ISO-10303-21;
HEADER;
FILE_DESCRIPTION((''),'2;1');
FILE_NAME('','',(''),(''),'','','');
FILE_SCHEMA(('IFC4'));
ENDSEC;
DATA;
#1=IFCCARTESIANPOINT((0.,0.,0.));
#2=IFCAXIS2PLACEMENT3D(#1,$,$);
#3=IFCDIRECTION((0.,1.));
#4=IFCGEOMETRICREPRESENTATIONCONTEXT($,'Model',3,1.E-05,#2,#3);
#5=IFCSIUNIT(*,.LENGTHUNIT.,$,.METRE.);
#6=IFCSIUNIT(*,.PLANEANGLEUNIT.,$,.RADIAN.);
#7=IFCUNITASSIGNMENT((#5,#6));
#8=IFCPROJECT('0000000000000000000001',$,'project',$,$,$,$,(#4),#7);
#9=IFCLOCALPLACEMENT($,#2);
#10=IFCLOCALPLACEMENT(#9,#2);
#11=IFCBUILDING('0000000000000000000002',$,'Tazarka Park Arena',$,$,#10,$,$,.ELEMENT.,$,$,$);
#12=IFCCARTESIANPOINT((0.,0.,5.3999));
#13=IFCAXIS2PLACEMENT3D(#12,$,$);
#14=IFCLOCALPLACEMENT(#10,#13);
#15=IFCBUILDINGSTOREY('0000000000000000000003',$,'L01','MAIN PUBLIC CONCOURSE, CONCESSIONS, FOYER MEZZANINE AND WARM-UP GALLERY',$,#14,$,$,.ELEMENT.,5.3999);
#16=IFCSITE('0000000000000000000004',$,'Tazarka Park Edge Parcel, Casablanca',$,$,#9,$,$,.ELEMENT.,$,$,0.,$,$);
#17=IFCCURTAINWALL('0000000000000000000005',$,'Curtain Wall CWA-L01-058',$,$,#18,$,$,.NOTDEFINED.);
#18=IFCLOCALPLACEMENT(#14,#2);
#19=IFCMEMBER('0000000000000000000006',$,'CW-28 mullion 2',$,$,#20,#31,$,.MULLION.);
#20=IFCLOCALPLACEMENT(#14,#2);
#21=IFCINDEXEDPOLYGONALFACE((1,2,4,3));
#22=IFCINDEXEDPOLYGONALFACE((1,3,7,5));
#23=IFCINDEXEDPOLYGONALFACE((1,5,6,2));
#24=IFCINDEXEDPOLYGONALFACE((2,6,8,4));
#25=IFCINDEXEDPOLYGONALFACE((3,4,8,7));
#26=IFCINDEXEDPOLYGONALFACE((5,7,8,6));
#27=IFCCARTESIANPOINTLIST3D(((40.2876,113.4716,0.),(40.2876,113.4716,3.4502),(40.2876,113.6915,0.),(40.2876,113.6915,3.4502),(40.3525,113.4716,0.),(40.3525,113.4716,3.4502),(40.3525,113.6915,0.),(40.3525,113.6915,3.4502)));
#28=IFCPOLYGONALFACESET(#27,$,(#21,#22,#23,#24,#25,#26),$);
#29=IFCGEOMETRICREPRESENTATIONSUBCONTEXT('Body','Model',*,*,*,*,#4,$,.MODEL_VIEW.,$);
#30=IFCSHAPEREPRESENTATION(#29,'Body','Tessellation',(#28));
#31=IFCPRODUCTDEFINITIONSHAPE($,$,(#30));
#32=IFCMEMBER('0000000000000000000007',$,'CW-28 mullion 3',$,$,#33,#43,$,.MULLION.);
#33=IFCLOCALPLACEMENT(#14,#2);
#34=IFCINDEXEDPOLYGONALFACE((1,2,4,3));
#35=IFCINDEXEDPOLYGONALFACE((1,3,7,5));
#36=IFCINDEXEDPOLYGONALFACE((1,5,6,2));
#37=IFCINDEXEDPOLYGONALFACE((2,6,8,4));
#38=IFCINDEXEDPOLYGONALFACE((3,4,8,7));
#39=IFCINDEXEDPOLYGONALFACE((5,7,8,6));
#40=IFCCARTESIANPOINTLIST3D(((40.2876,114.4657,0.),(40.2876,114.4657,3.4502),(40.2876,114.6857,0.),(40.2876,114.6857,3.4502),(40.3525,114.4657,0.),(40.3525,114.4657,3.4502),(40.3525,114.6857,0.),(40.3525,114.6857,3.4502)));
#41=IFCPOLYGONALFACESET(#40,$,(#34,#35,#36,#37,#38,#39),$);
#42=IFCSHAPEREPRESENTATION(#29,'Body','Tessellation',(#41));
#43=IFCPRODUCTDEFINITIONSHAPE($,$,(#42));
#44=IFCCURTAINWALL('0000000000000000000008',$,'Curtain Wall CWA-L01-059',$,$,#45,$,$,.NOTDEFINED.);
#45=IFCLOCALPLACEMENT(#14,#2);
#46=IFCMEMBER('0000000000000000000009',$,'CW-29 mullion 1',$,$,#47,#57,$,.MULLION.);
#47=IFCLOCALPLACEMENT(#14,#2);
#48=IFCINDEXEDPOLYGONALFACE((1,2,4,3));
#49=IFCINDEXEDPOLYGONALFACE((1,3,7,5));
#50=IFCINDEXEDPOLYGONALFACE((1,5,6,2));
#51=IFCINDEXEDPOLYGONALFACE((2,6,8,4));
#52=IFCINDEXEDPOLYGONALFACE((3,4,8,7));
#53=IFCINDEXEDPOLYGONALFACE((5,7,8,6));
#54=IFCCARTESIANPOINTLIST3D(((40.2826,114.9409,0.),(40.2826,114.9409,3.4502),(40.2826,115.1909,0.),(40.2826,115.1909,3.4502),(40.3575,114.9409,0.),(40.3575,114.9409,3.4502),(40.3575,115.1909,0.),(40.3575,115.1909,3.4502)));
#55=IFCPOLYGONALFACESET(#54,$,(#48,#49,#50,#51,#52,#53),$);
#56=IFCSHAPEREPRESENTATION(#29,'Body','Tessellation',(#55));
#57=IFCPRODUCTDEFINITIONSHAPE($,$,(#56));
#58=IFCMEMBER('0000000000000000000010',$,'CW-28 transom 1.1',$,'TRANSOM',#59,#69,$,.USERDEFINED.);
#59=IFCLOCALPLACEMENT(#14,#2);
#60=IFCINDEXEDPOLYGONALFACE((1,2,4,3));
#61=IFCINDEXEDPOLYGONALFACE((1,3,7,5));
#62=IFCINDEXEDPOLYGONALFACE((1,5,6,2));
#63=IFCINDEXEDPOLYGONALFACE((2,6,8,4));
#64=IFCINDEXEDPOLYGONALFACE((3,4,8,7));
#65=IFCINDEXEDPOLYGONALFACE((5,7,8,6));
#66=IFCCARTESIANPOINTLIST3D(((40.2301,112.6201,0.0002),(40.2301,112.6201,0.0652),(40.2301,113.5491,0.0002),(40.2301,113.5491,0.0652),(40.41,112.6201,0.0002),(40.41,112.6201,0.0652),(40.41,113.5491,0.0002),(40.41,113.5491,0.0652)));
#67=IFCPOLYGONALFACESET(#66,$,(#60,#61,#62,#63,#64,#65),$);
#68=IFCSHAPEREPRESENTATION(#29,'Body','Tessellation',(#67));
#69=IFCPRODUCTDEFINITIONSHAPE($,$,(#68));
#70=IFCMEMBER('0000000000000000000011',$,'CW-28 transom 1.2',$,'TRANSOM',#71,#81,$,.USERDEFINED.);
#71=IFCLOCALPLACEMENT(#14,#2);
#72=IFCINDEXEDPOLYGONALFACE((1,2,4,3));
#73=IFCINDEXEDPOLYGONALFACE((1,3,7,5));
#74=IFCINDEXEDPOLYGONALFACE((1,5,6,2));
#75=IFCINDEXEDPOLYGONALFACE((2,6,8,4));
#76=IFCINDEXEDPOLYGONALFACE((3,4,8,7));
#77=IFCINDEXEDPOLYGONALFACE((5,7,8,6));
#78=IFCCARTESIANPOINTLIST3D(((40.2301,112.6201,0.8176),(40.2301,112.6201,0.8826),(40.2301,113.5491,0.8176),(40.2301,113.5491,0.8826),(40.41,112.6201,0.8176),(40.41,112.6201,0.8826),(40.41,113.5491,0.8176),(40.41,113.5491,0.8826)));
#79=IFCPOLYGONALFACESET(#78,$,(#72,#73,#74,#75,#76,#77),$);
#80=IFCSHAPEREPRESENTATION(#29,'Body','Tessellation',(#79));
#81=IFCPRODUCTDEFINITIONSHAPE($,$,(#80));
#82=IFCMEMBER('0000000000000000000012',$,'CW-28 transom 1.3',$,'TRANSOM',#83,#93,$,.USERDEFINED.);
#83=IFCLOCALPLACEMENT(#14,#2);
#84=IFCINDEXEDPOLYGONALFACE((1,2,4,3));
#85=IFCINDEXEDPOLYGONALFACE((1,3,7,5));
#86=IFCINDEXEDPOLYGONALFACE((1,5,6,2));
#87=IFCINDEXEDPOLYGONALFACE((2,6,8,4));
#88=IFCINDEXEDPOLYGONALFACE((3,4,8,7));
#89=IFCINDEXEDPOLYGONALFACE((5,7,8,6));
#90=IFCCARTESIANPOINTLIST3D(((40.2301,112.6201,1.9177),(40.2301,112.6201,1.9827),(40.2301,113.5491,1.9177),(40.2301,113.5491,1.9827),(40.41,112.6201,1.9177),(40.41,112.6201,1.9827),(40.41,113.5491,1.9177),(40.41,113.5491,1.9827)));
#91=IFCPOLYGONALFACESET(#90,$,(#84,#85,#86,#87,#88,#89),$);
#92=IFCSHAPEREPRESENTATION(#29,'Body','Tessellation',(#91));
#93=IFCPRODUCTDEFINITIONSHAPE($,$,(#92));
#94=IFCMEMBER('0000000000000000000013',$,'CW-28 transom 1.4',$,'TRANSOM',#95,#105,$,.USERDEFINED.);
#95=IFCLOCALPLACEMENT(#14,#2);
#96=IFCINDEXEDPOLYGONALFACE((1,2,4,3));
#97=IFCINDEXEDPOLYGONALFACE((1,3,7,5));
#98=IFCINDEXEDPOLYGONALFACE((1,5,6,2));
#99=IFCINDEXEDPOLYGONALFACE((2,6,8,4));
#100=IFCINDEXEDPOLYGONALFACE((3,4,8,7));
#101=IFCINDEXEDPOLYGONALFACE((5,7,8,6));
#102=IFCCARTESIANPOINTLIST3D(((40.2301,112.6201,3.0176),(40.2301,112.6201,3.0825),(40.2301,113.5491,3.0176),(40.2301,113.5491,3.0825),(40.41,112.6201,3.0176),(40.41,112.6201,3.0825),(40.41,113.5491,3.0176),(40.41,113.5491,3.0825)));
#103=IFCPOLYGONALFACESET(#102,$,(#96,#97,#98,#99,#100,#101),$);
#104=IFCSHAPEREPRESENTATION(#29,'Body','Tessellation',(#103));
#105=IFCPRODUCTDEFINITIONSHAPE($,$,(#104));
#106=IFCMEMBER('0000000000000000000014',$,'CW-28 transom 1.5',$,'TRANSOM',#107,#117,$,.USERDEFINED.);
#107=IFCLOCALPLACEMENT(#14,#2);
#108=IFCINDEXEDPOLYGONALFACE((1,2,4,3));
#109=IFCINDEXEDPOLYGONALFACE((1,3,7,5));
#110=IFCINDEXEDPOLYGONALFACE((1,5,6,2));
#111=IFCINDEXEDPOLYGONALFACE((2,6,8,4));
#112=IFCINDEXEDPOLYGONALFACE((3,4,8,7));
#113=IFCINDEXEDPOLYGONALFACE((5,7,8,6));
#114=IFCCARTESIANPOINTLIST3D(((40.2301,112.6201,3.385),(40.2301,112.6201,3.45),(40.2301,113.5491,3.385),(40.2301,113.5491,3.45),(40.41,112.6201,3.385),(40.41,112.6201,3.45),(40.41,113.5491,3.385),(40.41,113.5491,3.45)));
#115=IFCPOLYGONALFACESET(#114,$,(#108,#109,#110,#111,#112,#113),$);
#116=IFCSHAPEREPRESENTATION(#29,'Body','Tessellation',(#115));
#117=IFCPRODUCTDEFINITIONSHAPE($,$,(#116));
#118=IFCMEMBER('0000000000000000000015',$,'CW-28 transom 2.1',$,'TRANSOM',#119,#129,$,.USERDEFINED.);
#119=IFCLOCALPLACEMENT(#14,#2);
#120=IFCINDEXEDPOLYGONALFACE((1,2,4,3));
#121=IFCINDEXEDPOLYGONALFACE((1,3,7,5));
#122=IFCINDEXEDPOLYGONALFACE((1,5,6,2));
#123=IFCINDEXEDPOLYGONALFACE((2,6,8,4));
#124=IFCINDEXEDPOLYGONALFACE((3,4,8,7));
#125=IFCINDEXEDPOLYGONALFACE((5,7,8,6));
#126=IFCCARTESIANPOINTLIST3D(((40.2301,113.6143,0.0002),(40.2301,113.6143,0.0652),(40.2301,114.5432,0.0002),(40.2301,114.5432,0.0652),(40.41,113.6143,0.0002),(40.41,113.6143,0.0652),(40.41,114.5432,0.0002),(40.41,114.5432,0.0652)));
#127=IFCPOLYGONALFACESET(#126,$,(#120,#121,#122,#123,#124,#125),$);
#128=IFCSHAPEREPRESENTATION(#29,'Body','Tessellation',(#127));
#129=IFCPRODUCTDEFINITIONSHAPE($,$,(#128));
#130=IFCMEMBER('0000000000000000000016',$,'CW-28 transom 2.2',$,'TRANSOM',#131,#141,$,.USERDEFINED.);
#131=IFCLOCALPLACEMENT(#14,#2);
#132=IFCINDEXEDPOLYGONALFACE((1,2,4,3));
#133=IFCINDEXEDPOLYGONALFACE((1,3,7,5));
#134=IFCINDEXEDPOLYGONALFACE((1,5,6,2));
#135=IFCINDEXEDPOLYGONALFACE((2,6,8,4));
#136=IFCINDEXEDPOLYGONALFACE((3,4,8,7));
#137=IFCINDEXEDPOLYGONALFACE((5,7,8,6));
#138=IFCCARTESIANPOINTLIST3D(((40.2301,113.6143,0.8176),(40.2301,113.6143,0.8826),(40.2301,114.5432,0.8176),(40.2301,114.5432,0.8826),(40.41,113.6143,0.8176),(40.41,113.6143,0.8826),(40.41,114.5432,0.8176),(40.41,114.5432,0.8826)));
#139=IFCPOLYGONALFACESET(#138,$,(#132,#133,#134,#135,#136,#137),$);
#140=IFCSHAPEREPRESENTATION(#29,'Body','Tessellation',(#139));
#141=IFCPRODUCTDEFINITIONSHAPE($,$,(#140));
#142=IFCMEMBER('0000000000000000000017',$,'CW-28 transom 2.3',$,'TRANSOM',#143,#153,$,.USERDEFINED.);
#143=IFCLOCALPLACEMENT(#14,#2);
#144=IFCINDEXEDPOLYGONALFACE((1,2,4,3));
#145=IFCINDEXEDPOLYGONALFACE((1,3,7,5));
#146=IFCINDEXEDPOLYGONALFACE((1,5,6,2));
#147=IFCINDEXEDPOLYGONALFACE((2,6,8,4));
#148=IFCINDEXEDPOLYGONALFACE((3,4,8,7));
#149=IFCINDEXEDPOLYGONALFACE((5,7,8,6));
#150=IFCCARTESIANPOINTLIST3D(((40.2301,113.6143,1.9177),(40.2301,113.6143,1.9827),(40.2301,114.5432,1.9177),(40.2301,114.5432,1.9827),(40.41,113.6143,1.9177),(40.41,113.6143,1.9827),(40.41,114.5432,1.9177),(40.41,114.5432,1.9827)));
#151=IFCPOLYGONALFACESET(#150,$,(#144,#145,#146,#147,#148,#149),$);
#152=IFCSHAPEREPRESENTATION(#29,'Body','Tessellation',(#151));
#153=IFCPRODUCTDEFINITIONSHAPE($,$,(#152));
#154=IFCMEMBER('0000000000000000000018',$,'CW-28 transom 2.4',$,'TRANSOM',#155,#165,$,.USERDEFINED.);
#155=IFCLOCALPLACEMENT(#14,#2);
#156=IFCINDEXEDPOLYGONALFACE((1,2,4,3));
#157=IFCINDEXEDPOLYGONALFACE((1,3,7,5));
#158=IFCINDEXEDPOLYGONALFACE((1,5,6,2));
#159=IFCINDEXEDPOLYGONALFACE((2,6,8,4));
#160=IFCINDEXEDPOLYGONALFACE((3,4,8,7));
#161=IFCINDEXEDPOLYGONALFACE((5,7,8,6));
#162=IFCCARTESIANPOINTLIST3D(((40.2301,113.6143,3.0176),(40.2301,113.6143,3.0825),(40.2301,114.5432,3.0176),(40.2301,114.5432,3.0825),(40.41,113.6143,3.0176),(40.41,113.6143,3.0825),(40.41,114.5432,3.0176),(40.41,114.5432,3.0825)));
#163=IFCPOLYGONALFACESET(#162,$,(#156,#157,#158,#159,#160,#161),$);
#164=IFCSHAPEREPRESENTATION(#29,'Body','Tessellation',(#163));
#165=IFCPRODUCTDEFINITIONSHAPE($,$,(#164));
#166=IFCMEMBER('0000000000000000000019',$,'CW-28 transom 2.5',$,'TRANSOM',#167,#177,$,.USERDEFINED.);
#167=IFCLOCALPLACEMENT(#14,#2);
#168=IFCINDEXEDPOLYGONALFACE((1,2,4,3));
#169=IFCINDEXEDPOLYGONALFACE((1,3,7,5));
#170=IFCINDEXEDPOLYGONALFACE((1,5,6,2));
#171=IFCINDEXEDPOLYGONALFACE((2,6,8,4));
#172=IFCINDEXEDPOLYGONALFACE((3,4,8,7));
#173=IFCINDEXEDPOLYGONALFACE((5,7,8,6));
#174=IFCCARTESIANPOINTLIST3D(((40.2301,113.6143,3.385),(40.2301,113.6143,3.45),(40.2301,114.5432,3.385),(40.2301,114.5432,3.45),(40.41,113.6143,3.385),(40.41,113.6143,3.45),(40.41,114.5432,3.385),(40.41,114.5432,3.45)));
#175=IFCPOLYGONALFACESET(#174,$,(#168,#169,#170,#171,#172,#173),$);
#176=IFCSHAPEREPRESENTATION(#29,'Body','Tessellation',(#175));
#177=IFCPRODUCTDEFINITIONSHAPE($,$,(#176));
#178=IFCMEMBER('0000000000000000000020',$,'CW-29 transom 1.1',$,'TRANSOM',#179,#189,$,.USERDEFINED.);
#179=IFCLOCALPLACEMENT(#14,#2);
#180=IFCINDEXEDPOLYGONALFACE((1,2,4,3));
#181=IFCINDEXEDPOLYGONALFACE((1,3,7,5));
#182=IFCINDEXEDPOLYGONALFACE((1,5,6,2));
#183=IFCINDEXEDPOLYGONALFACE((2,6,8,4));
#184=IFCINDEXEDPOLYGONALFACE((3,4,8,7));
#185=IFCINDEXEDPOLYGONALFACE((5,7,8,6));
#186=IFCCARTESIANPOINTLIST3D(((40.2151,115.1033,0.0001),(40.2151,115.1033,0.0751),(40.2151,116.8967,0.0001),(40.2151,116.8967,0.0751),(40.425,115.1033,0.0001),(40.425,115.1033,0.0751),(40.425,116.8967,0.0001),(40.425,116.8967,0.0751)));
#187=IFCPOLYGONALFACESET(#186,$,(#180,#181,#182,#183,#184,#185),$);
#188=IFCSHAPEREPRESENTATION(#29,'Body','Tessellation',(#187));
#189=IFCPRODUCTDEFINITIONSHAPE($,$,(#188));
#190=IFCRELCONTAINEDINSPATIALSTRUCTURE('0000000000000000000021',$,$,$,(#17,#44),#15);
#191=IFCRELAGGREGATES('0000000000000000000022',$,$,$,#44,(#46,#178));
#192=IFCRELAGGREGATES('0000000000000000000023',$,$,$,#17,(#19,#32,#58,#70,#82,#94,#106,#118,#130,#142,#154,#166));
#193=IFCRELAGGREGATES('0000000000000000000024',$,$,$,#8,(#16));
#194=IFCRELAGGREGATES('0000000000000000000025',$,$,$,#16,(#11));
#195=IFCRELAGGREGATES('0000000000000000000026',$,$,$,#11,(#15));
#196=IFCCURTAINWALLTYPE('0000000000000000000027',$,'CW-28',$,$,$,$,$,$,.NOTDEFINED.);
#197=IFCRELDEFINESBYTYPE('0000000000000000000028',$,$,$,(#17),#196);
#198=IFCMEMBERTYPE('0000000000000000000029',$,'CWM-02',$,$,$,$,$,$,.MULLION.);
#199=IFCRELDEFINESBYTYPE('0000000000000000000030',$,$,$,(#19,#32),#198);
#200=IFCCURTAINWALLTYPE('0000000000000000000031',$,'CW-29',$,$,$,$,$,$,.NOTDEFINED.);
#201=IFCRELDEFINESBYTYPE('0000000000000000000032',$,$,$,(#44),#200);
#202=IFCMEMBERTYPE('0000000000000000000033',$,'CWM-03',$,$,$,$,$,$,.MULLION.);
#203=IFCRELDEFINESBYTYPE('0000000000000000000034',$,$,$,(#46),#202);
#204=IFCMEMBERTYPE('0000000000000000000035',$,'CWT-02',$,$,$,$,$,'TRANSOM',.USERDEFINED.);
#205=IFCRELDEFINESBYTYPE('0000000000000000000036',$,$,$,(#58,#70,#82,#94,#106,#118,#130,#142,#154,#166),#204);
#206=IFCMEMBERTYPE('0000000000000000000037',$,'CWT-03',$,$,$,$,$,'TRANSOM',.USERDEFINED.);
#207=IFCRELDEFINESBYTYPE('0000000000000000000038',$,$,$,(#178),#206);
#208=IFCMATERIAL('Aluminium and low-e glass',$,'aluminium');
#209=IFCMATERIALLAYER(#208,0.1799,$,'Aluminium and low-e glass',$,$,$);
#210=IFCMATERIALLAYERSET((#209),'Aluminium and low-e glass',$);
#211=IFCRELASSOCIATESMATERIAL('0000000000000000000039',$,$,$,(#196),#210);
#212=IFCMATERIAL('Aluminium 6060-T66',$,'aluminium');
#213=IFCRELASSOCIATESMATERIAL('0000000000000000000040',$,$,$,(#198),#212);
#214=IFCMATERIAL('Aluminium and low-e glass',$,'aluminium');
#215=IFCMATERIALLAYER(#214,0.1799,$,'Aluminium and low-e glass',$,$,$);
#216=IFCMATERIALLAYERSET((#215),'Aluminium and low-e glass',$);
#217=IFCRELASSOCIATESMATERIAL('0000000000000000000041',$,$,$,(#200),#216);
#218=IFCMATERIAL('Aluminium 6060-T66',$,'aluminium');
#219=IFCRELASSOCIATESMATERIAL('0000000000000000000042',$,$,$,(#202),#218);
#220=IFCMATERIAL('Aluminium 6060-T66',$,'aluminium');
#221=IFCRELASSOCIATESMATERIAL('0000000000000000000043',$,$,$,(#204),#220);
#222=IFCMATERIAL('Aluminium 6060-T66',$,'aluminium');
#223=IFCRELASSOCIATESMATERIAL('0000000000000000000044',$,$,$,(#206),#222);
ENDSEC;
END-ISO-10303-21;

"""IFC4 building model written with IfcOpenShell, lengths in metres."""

from ifc_helpers import new_model, si_unit, direction, frame, origin, origin_2d, place, context, subcontext, project, spatial, rectangle, extrude, material, layer, layer_set, material_profile, profile_set, type_object, element, aggregate, save


model = new_model("IFC4")

# Units and contexts
model_context = context("Model", 3, precision=1e-05, world=origin(), true_north=direction((0.0, 1.0)))
body_context = subcontext(model_context, "Body", "Model", "MODEL_VIEW")
ifc_project = project(units=[si_unit("LENGTHUNIT", "METRE"), si_unit("PLANEANGLEUNIT", "RADIAN")], contexts=[model_context])

# Site, building, storey
site_placement = place(None, origin())
site = spatial("IfcSite", under=ifc_project, at=site_placement, Name="Tazarka Park Edge Parcel, Casablanca", CompositionType="ELEMENT", RefElevation=0.0)
building_placement = place(site_placement, origin())
building = spatial("IfcBuilding", under=site, at=building_placement, Name="Tazarka Park Arena", CompositionType="ELEMENT")
storey_placement = place(building_placement, frame((0.0, 0.0, 5.3999)))
storey = spatial("IfcBuildingStorey", under=building, at=storey_placement, Name="L01", Description="MAIN PUBLIC CONCOURSE, CONCESSIONS, FOYER MEZZANINE AND WARM-UP GALLERY", CompositionType="ELEMENT", Elevation=5.3999)

# Curtain wall, members
ifc_material_1 = material(Name="Aluminium and low-e glass", Category="aluminium")
ifc_layer_1 = layer(ifc_material_1, 0.1799, Name="Aluminium and low-e glass")
ifc_layer_set_1 = layer_set([ifc_layer_1], Name="Aluminium and low-e glass")
curtain_wall_type_1 = type_object("IfcCurtainWallType", Name="CW-28", PredefinedType="NOTDEFINED", material=ifc_layer_set_1)
curtain_wall_1_placement = place(storey_placement, origin())
curtain_wall_1 = element("IfcCurtainWall", 1, at=curtain_wall_1_placement, inside=storey, type_object=curtain_wall_type_1, Name="Curtain Wall CWA-L01-058", PredefinedType="NOTDEFINED")
ifc_material_2 = material(Name="Aluminium 6060-T66", Category="aluminium")
ifc_material_profile_1 = material_profile(ifc_material_2, rectangle(XDim=0.0649, YDim=0.22, at=origin_2d()), Name="Aluminium 6060-T66")
ifc_profile_set_1 = profile_set([ifc_material_profile_1], Name="Aluminium 6060-T66")
member_type_1 = type_object("IfcMemberType", Name="CWM-02", PredefinedType="MULLION", material=ifc_profile_set_1)
member_1_placement = place(storey_placement, frame((40.3201, 113.5815, 0.0), z_axis=(0.0, 0.0, 1.0), x_axis=(-1.0, 0.0, 0.0)))
member_1 = element("IfcMember", 2, at=member_1_placement, type_object=member_type_1, Name="CW-28 mullion 2", PredefinedType="MULLION", context=body_context, shape_type="SweptSolid", body=[
    extrude(rectangle(XDim=0.0649, YDim=0.22, at=origin_2d()), origin(), (0.0, 0.0, 1.0), 3.4502),
])
member_2_placement = place(storey_placement, frame((40.3201, 114.5757, 0.0), z_axis=(0.0, 0.0, 1.0), x_axis=(-1.0, 0.0, 0.0)))
member_2 = element("IfcMember", 3, at=member_2_placement, type_object=member_type_1, Name="CW-28 mullion 3", PredefinedType="MULLION", context=body_context, shape_type="SweptSolid", body=[
    extrude(rectangle(XDim=0.0649, YDim=0.22, at=origin_2d()), origin(), (0.0, 0.0, 1.0), 3.4502),
])

# Curtain wall, member
ifc_material_3 = material(Name="Aluminium and low-e glass", Category="aluminium")
ifc_layer_2 = layer(ifc_material_3, 0.1799, Name="Aluminium and low-e glass")
ifc_layer_set_2 = layer_set([ifc_layer_2], Name="Aluminium and low-e glass")
curtain_wall_type_2 = type_object("IfcCurtainWallType", Name="CW-29", PredefinedType="NOTDEFINED", material=ifc_layer_set_2)
curtain_wall_2_placement = place(storey_placement, origin())
curtain_wall_2 = element("IfcCurtainWall", 4, at=curtain_wall_2_placement, inside=storey, type_object=curtain_wall_type_2, Name="Curtain Wall CWA-L01-059", PredefinedType="NOTDEFINED")
ifc_material_4 = material(Name="Aluminium 6060-T66", Category="aluminium")
ifc_material_profile_2 = material_profile(ifc_material_4, rectangle(XDim=0.075, YDim=0.25, at=origin_2d()), Name="Aluminium 6060-T66")
ifc_profile_set_2 = profile_set([ifc_material_profile_2], Name="Aluminium 6060-T66")
member_type_2 = type_object("IfcMemberType", Name="CWM-03", PredefinedType="MULLION", material=ifc_profile_set_2)
member_3_placement = place(storey_placement, frame((40.3201, 115.0659, 0.0), z_axis=(0.0, 0.0, 1.0), x_axis=(-1.0, 0.0, 0.0)))
member_3 = element("IfcMember", 5, at=member_3_placement, type_object=member_type_2, Name="CW-29 mullion 1", PredefinedType="MULLION", context=body_context, shape_type="SweptSolid", body=[
    extrude(rectangle(XDim=0.075, YDim=0.25, at=origin_2d()), origin(), (0.0, 0.0, 1.0), 3.4502),
])

# Members
ifc_material_5 = material(Name="Aluminium 6060-T66", Category="aluminium")
ifc_material_profile_3 = material_profile(ifc_material_5, rectangle(XDim=0.1799, YDim=0.0649, at=origin_2d()), Name="Aluminium 6060-T66")
ifc_profile_set_3 = profile_set([ifc_material_profile_3], Name="Aluminium 6060-T66")
member_type_3 = type_object("IfcMemberType", Name="CWT-02", ElementType="TRANSOM", PredefinedType="USERDEFINED", material=ifc_profile_set_3)
member_4_placement = place(storey_placement, frame((40.3201, 112.6201, 0.0327), z_axis=(0.0, 1.0, 0.0), x_axis=(-1.0, 0.0, 0.0)))
member_4 = element("IfcMember", 6, at=member_4_placement, type_object=member_type_3, Name="CW-28 transom 1.1", ObjectType="TRANSOM", PredefinedType="USERDEFINED", context=body_context, shape_type="SweptSolid", body=[
    extrude(rectangle(XDim=0.1799, YDim=0.0649, at=origin_2d()), origin(), (0.0, 0.0, 1.0), 0.929),
])
member_5_placement = place(storey_placement, frame((40.3201, 112.6201, 0.8501), z_axis=(0.0, 1.0, 0.0), x_axis=(-1.0, 0.0, 0.0)))
member_5 = element("IfcMember", 7, at=member_5_placement, type_object=member_type_3, Name="CW-28 transom 1.2", ObjectType="TRANSOM", PredefinedType="USERDEFINED", context=body_context, shape_type="SweptSolid", body=[
    extrude(rectangle(XDim=0.1799, YDim=0.0649, at=origin_2d()), origin(), (0.0, 0.0, 1.0), 0.929),
])
member_6_placement = place(storey_placement, frame((40.3201, 112.6201, 1.9502), z_axis=(0.0, 1.0, 0.0), x_axis=(-1.0, 0.0, 0.0)))
member_6 = element("IfcMember", 8, at=member_6_placement, type_object=member_type_3, Name="CW-28 transom 1.3", ObjectType="TRANSOM", PredefinedType="USERDEFINED", context=body_context, shape_type="SweptSolid", body=[
    extrude(rectangle(XDim=0.1799, YDim=0.0649, at=origin_2d()), origin(), (0.0, 0.0, 1.0), 0.929),
])
member_7_placement = place(storey_placement, frame((40.3201, 112.6201, 3.05), z_axis=(0.0, 1.0, 0.0), x_axis=(-1.0, 0.0, 0.0)))
member_7 = element("IfcMember", 9, at=member_7_placement, type_object=member_type_3, Name="CW-28 transom 1.4", ObjectType="TRANSOM", PredefinedType="USERDEFINED", context=body_context, shape_type="SweptSolid", body=[
    extrude(rectangle(XDim=0.1799, YDim=0.0649, at=origin_2d()), origin(), (0.0, 0.0, 1.0), 0.929),
])
member_8_placement = place(storey_placement, frame((40.3201, 112.6201, 3.4175), z_axis=(0.0, 1.0, 0.0), x_axis=(-1.0, 0.0, 0.0)))
member_8 = element("IfcMember", 10, at=member_8_placement, type_object=member_type_3, Name="CW-28 transom 1.5", ObjectType="TRANSOM", PredefinedType="USERDEFINED", context=body_context, shape_type="SweptSolid", body=[
    extrude(rectangle(XDim=0.1799, YDim=0.0649, at=origin_2d()), origin(), (0.0, 0.0, 1.0), 0.929),
])
member_9_placement = place(storey_placement, frame((40.3201, 113.6143, 0.0327), z_axis=(0.0, 1.0, 0.0), x_axis=(-1.0, 0.0, 0.0)))
member_9 = element("IfcMember", 11, at=member_9_placement, type_object=member_type_3, Name="CW-28 transom 2.1", ObjectType="TRANSOM", PredefinedType="USERDEFINED", context=body_context, shape_type="SweptSolid", body=[
    extrude(rectangle(XDim=0.1799, YDim=0.0649, at=origin_2d()), origin(), (0.0, 0.0, 1.0), 0.929),
])
member_10_placement = place(storey_placement, frame((40.3201, 113.6143, 0.8501), z_axis=(0.0, 1.0, 0.0), x_axis=(-1.0, 0.0, 0.0)))
member_10 = element("IfcMember", 12, at=member_10_placement, type_object=member_type_3, Name="CW-28 transom 2.2", ObjectType="TRANSOM", PredefinedType="USERDEFINED", context=body_context, shape_type="SweptSolid", body=[
    extrude(rectangle(XDim=0.1799, YDim=0.0649, at=origin_2d()), origin(), (0.0, 0.0, 1.0), 0.929),
])
member_11_placement = place(storey_placement, frame((40.3201, 113.6143, 1.9502), z_axis=(0.0, 1.0, 0.0), x_axis=(-1.0, 0.0, 0.0)))
member_11 = element("IfcMember", 13, at=member_11_placement, type_object=member_type_3, Name="CW-28 transom 2.3", ObjectType="TRANSOM", PredefinedType="USERDEFINED", context=body_context, shape_type="SweptSolid", body=[
    extrude(rectangle(XDim=0.1799, YDim=0.0649, at=origin_2d()), origin(), (0.0, 0.0, 1.0), 0.929),
])
member_12_placement = place(storey_placement, frame((40.3201, 113.6143, 3.05), z_axis=(0.0, 1.0, 0.0), x_axis=(-1.0, 0.0, 0.0)))
member_12 = element("IfcMember", 14, at=member_12_placement, type_object=member_type_3, Name="CW-28 transom 2.4", ObjectType="TRANSOM", PredefinedType="USERDEFINED", context=body_context, shape_type="SweptSolid", body=[
    extrude(rectangle(XDim=0.1799, YDim=0.0649, at=origin_2d()), origin(), (0.0, 0.0, 1.0), 0.929),
])
member_13_placement = place(storey_placement, frame((40.3201, 113.6143, 3.4175), z_axis=(0.0, 1.0, 0.0), x_axis=(-1.0, 0.0, 0.0)))
member_13 = element("IfcMember", 15, at=member_13_placement, type_object=member_type_3, Name="CW-28 transom 2.5", ObjectType="TRANSOM", PredefinedType="USERDEFINED", context=body_context, shape_type="SweptSolid", body=[
    extrude(rectangle(XDim=0.1799, YDim=0.0649, at=origin_2d()), origin(), (0.0, 0.0, 1.0), 0.929),
])
ifc_material_6 = material(Name="Aluminium 6060-T66", Category="aluminium")
ifc_material_profile_4 = material_profile(ifc_material_6, rectangle(XDim=0.21, YDim=0.075, at=origin_2d()), Name="Aluminium 6060-T66")
ifc_profile_set_4 = profile_set([ifc_material_profile_4], Name="Aluminium 6060-T66")
member_type_4 = type_object("IfcMemberType", Name="CWT-03", ElementType="TRANSOM", PredefinedType="USERDEFINED", material=ifc_profile_set_4)
member_14_placement = place(storey_placement, frame((40.3201, 115.1033, 0.0376), z_axis=(0.0, 1.0, 0.0), x_axis=(-1.0, 0.0, 0.0)))
member_14 = element("IfcMember", 16, at=member_14_placement, type_object=member_type_4, Name="CW-29 transom 1.1", ObjectType="TRANSOM", PredefinedType="USERDEFINED", context=body_context, shape_type="SweptSolid", body=[
    extrude(rectangle(XDim=0.21, YDim=0.075, at=origin_2d()), origin(), (0.0, 0.0, 1.0), 1.7935),
])
aggregate(curtain_wall_2, [member_3, member_14])

aggregate(curtain_wall_1, [member_1, member_2, member_4, member_5, member_6, member_7, member_8, member_9, member_10, member_11, member_12, member_13])

save(model, "model.ifc")
